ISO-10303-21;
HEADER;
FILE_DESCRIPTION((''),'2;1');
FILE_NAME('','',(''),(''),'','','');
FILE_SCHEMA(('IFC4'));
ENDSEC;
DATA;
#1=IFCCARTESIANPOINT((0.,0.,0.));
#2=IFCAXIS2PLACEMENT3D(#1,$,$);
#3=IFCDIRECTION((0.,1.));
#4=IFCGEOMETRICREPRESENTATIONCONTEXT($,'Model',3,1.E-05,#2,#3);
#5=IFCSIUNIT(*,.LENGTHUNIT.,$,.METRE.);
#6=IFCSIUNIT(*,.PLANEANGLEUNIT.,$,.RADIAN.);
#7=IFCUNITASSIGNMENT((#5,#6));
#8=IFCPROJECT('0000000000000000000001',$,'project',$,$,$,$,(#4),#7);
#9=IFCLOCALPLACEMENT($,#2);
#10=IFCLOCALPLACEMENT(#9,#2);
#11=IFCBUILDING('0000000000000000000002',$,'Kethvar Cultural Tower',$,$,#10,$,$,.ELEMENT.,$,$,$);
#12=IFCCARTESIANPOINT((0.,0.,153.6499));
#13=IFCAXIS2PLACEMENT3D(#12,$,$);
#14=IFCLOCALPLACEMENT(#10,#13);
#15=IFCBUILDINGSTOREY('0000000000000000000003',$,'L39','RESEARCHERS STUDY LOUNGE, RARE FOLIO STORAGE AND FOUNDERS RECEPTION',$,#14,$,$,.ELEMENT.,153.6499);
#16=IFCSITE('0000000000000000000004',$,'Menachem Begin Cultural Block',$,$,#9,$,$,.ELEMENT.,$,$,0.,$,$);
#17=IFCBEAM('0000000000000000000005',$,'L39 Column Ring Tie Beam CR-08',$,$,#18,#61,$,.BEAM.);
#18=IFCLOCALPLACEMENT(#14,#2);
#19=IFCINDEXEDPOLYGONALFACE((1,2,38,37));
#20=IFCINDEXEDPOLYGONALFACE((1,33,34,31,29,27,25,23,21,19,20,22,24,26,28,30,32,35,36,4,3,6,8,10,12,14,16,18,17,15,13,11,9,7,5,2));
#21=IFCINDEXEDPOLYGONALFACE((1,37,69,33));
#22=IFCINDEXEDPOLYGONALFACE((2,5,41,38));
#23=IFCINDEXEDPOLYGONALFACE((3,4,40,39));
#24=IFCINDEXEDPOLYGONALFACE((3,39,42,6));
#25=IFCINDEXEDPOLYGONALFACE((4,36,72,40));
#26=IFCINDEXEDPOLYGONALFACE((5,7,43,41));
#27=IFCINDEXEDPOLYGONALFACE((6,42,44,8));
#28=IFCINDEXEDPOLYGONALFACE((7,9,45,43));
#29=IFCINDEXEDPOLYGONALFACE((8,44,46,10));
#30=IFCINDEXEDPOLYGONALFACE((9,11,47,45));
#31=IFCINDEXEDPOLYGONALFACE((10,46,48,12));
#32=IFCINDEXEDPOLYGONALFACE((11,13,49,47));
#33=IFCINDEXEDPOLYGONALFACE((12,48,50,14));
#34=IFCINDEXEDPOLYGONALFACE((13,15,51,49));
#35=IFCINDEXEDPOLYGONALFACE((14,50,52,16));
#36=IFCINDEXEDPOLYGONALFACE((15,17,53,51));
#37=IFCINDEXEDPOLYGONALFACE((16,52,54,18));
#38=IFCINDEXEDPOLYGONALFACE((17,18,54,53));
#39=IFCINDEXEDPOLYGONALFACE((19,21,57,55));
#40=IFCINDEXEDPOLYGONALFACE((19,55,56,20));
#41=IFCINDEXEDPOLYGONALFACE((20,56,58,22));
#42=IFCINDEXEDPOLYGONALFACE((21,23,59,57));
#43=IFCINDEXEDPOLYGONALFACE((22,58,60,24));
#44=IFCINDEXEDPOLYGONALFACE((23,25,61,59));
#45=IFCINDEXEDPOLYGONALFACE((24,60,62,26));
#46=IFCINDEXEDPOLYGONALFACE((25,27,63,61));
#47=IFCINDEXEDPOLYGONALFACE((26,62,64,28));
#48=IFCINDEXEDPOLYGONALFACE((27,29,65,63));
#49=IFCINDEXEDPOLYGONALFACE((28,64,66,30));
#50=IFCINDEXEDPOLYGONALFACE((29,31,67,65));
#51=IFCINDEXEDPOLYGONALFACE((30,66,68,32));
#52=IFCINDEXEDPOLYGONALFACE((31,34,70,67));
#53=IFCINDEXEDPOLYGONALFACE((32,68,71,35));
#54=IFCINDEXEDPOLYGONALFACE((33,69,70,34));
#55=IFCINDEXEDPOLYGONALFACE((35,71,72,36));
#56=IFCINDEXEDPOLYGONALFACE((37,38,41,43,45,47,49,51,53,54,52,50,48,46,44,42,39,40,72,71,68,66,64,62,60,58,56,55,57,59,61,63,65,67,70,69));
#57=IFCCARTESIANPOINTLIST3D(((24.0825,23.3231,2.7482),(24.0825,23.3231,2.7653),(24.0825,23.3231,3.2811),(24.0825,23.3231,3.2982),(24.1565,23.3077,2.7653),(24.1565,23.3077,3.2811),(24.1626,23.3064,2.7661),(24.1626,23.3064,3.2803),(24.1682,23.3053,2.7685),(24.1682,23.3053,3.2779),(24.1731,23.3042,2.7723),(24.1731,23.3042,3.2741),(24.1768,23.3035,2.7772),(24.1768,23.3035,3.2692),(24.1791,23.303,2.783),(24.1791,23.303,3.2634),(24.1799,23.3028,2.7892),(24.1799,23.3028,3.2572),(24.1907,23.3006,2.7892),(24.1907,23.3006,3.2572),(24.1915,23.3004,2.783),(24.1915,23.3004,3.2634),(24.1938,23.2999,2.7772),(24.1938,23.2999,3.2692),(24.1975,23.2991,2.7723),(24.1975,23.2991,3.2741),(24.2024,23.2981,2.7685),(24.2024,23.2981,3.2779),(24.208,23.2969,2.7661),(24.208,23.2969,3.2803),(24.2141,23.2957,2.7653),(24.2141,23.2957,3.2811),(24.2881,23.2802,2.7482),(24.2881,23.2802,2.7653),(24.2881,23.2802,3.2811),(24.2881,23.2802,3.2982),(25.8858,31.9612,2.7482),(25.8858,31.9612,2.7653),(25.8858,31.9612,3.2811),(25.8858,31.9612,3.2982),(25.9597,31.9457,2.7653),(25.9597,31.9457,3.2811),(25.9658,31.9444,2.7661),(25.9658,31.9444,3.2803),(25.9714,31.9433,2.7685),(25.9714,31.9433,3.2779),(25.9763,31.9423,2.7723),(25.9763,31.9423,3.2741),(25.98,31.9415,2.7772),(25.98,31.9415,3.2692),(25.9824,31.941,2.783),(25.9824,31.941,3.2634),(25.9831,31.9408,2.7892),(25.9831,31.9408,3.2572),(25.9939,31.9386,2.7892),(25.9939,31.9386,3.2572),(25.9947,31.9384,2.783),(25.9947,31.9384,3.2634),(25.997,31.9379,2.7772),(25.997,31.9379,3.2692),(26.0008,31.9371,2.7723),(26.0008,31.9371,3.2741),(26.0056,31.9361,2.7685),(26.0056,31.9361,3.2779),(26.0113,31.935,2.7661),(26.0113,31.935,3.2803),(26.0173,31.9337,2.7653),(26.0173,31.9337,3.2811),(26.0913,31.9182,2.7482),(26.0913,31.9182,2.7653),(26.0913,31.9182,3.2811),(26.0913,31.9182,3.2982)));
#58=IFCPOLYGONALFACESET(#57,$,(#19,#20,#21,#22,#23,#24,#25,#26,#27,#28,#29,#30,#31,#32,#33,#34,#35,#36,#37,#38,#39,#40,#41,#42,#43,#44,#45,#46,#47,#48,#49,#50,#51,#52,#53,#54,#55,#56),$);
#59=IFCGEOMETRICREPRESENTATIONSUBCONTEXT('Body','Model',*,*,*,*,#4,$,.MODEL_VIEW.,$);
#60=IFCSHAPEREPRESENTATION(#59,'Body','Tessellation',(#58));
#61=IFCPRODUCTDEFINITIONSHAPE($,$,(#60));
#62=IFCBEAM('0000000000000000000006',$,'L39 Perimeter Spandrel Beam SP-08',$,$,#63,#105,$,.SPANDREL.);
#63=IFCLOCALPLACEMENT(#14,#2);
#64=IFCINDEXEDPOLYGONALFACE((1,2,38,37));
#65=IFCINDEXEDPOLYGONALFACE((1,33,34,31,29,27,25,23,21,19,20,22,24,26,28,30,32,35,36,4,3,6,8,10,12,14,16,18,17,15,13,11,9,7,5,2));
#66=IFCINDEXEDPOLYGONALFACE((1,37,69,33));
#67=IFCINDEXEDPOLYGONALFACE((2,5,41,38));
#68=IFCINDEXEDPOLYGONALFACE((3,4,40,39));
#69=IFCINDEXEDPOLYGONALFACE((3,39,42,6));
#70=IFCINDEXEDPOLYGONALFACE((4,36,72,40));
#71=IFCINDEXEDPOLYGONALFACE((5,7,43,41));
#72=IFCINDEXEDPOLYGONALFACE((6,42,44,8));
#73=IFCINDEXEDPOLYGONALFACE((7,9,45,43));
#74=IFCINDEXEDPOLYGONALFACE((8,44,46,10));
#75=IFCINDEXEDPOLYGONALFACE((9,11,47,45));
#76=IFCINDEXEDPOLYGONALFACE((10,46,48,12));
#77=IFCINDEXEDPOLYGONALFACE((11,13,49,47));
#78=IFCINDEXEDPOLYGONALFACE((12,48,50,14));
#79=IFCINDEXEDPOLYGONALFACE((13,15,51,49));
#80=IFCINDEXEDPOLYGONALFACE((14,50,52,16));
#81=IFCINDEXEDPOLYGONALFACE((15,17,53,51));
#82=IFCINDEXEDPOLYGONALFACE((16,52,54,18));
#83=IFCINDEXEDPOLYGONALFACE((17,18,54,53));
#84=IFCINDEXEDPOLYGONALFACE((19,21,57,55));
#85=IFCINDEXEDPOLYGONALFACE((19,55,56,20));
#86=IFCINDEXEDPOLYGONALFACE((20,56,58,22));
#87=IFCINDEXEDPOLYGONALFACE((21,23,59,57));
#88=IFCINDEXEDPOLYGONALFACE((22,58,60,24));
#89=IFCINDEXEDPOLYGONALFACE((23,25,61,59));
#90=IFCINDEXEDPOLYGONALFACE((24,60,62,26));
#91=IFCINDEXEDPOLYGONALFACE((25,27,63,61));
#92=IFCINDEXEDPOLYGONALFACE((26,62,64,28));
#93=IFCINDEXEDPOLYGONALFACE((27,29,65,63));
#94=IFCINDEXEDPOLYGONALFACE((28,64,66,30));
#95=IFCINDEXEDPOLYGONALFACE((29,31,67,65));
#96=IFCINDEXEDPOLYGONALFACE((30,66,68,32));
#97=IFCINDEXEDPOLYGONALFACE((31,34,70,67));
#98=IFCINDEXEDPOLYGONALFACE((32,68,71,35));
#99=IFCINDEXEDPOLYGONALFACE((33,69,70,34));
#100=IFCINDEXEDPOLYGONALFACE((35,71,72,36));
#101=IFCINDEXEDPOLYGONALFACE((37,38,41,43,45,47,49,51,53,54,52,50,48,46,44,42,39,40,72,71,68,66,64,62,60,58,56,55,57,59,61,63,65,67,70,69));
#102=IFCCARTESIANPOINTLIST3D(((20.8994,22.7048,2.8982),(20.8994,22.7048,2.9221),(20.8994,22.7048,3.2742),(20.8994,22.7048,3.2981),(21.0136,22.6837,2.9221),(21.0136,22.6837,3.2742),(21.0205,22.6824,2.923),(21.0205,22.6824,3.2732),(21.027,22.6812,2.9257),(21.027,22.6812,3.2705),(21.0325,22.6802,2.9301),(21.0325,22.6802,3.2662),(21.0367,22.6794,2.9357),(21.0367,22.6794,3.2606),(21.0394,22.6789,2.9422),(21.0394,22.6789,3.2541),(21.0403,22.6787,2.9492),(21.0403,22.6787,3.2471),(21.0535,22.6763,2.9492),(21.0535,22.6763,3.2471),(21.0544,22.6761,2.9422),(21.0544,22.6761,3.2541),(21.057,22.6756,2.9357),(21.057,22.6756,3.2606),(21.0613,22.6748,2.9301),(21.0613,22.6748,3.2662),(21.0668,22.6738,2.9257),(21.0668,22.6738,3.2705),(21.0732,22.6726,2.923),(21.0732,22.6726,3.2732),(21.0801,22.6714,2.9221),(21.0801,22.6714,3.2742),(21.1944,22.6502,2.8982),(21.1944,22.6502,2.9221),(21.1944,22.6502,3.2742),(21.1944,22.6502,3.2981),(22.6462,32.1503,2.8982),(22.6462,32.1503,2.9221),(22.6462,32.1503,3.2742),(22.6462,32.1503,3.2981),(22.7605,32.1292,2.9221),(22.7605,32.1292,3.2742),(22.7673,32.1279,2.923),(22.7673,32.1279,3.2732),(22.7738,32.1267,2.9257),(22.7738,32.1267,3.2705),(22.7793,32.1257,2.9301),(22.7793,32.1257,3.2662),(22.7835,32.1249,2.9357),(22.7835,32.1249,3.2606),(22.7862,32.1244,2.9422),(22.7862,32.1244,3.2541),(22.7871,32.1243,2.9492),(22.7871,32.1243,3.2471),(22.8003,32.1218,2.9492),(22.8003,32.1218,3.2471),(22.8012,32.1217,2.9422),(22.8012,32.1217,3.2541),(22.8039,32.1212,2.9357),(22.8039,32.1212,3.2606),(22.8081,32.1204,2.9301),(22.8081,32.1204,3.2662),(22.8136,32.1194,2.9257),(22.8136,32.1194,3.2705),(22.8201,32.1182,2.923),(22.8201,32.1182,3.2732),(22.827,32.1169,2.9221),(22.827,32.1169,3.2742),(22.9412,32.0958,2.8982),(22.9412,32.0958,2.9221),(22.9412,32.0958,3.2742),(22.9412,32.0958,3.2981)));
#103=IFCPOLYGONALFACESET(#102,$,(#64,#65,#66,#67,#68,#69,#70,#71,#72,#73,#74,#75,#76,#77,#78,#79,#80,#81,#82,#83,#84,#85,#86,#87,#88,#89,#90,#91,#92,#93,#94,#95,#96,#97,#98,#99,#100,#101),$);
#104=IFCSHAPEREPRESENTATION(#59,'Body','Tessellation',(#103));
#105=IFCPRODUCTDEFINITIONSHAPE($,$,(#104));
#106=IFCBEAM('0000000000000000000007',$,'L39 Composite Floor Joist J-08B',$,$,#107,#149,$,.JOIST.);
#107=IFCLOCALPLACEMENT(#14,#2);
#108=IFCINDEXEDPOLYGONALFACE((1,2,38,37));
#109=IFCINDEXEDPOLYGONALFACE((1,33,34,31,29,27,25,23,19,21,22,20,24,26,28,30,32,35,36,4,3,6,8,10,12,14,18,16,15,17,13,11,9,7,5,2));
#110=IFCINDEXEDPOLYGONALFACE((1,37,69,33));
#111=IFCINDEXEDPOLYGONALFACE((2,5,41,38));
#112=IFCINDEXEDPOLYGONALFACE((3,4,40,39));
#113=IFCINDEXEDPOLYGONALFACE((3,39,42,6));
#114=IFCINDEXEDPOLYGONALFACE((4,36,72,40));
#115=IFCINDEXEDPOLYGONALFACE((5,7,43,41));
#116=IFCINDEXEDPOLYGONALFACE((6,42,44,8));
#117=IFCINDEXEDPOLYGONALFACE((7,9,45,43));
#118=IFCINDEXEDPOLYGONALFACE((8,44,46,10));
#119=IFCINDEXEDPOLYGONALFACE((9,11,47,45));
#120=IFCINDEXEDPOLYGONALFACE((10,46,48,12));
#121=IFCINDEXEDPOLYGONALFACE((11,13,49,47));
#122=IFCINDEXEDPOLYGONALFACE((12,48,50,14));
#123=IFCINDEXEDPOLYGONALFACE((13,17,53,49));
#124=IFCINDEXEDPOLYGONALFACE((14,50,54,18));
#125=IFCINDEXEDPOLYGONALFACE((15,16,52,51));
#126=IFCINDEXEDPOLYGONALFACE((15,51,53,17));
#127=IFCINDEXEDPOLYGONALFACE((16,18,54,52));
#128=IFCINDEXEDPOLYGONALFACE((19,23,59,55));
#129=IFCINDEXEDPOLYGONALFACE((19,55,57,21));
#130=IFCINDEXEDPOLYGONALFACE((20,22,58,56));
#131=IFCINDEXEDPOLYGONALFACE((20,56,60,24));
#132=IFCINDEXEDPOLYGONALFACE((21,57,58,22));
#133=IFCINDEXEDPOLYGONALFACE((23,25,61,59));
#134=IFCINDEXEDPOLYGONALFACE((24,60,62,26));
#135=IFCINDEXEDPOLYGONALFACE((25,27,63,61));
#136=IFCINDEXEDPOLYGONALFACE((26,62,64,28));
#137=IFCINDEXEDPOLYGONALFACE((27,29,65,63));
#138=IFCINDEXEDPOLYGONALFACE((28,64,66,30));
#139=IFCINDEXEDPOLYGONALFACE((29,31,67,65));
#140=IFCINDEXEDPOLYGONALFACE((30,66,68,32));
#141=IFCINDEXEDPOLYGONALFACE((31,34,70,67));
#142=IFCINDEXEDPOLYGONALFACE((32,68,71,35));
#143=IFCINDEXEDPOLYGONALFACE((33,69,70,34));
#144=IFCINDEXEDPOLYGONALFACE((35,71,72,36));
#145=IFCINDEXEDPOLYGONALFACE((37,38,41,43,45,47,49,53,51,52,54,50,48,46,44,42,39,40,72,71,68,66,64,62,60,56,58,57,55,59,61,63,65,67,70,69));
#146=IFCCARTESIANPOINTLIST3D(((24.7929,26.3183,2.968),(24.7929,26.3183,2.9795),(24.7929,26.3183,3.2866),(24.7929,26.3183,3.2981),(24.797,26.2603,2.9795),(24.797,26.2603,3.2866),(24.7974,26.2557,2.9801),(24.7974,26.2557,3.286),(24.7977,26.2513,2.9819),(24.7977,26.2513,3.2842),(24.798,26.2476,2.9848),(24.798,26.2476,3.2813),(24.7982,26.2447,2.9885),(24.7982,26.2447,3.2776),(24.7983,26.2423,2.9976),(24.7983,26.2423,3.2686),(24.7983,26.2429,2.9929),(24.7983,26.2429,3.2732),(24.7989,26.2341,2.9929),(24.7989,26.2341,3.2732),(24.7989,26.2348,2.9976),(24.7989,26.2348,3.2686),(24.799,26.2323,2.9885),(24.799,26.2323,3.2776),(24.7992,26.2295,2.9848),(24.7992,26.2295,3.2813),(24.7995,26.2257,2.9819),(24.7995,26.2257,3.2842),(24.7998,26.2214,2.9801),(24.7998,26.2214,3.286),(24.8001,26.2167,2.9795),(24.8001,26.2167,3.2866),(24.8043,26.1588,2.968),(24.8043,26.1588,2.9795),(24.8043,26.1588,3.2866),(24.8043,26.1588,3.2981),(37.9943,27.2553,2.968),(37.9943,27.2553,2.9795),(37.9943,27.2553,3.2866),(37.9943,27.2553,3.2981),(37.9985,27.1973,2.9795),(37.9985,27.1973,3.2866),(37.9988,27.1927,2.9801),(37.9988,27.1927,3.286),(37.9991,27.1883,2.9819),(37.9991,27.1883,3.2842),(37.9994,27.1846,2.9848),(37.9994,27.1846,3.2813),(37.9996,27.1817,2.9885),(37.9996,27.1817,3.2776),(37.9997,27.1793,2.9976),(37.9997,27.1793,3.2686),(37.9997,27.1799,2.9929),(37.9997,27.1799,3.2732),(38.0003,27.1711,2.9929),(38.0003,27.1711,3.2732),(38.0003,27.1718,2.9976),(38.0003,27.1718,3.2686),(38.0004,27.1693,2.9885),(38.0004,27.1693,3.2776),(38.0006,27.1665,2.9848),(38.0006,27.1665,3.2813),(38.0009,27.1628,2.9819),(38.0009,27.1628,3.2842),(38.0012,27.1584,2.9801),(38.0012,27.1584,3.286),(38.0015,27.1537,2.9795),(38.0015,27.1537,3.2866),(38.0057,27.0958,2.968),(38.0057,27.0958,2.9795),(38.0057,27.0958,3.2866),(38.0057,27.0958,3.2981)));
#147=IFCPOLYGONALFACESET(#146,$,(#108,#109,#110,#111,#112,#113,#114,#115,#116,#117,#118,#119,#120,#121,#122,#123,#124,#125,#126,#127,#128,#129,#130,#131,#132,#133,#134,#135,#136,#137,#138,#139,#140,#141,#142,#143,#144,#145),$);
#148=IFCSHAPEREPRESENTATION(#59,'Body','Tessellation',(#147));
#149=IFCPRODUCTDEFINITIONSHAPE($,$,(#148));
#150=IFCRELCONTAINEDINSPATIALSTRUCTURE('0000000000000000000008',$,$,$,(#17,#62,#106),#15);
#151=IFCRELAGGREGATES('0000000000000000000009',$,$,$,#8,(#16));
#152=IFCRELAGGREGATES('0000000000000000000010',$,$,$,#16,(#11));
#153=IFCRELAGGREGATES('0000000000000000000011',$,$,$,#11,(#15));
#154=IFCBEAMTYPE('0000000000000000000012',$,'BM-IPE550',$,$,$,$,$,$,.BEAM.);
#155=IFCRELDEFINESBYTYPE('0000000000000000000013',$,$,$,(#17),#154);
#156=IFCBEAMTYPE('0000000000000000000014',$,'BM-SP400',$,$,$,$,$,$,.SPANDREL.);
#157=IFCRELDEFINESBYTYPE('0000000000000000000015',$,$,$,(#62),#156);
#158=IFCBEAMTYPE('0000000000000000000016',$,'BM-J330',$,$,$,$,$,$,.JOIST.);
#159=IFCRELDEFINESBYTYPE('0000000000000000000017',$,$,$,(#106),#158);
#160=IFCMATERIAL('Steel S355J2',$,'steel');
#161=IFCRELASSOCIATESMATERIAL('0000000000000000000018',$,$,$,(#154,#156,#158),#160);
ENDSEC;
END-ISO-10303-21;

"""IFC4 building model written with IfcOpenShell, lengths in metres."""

from ifc_helpers import new_model, si_unit, direction, frame, origin, origin_2d, place, context, subcontext, project, spatial, i_section, extrude, source, transform, mapped, material, material_profile, profile_set, type_object, element, save


model = new_model("IFC4")

# Units and contexts
model_context = context("Model", 3, precision=1e-05, world=origin(), true_north=direction((0.0, 1.0)))
body_context = subcontext(model_context, "Body", "Model", "MODEL_VIEW")
ifc_project = project(units=[si_unit("LENGTHUNIT", "METRE"), si_unit("PLANEANGLEUNIT", "RADIAN")], contexts=[model_context])

# Site, building, storey
site_placement = place(None, origin())
site = spatial("IfcSite", under=ifc_project, at=site_placement, Name="Menachem Begin Cultural Block", CompositionType="ELEMENT", RefElevation=0.0)
building_placement = place(site_placement, origin())
building = spatial("IfcBuilding", under=site, at=building_placement, Name="Kethvar Cultural Tower", CompositionType="ELEMENT")
storey_placement = place(building_placement, frame((0.0, 0.0, 153.6499)))
storey = spatial("IfcBuildingStorey", under=building, at=storey_placement, Name="L39", Description="RESEARCHERS STUDY LOUNGE, RARE FOLIO STORAGE AND FOUNDERS RECEPTION", CompositionType="ELEMENT", Elevation=153.6499)

# Beams
ifc_material_1 = material(Name="Steel S355J2", Category="steel")
ifc_material_profile_1 = material_profile(ifc_material_1, i_section(OverallWidth=0.21, OverallDepth=0.55, WebThickness=0.011, FlangeThickness=0.0171, FilletRadius=0.0239, at=origin_2d()), Name="Steel S355J2 — IPE550")
ifc_profile_set_1 = profile_set([ifc_material_profile_1], Name="Steel S355J2 — IPE550")
beam_type_1 = type_object("IfcBeamType", Name="BM-IPE550", PredefinedType="BEAM", material=ifc_profile_set_1)
shared_shape_1 = source(origin(), body_context, "Body", "SweptSolid", [
    extrude(i_section(OverallWidth=0.21, OverallDepth=0.55, WebThickness=0.011, FlangeThickness=0.0171, FilletRadius=0.0239, at=origin_2d()), origin(), (0.0, 0.0, 1.0), 8.8242),
])
beam_1_placement = place(storey_placement, frame((25.9885, 31.9397, 3.0232), z_axis=(-0.204351, -0.978898, 0.0), x_axis=(0.978898, -0.204351, 0.0)))
element("IfcBeam", 1, at=beam_1_placement, inside=storey, type_object=beam_type_1, Name="L39 Column Ring Tie Beam CR-08", PredefinedType="BEAM", context=body_context, shape_type="MappedRepresentation", body=[
    mapped(shared_shape_1, transform((0.0, 0.0, 0.0), scale=1.0)),
])
ifc_material_profile_2 = material_profile(ifc_material_1, i_section(OverallWidth=0.3, OverallDepth=0.3999, WebThickness=0.0134, FlangeThickness=0.0239, FilletRadius=0.0271, at=origin_2d()), Name="Steel S355J2 — HEB400")
ifc_profile_set_2 = profile_set([ifc_material_profile_2], Name="Steel S355J2 — HEB400")
beam_type_2 = type_object("IfcBeamType", Name="BM-SP400", PredefinedType="SPANDREL", material=ifc_profile_set_2)
shared_shape_2 = source(origin(), body_context, "Body", "SweptSolid", [
    extrude(i_section(OverallWidth=0.3, OverallDepth=0.3999, WebThickness=0.0134, FlangeThickness=0.0239, FilletRadius=0.0271, at=origin_2d()), origin(), (0.0, 0.0, 1.0), 9.6057),
])
beam_2_placement = place(storey_placement, frame((22.7937, 32.123, 3.0981), z_axis=(-0.181853, -0.983326, 0.0), x_axis=(0.983326, -0.181853, 0.0)))
element("IfcBeam", 2, at=beam_2_placement, inside=storey, type_object=beam_type_2, Name="L39 Perimeter Spandrel Beam SP-08", PredefinedType="SPANDREL", context=body_context, shape_type="MappedRepresentation", body=[
    mapped(shared_shape_2, transform((0.0, 0.0, 0.0), scale=1.0)),
])
ifc_material_profile_3 = material_profile(ifc_material_1, i_section(OverallWidth=0.1599, OverallDepth=0.3301, WebThickness=0.0076, FlangeThickness=0.0115, FilletRadius=0.0181, at=origin_2d()), Name="Steel S355J2 — IPE330")
ifc_profile_set_3 = profile_set([ifc_material_profile_3], Name="Steel S355J2 — IPE330")
beam_type_3 = type_object("IfcBeamType", Name="BM-J330", PredefinedType="JOIST", material=ifc_profile_set_3)
shared_shape_3 = source(origin(), body_context, "Body", "SweptSolid", [
    extrude(i_section(OverallWidth=0.1599, OverallDepth=0.3301, WebThickness=0.0076, FlangeThickness=0.0115, FilletRadius=0.0181, at=origin_2d()), origin(), (0.0, 0.0, 1.0), 13.2346),
])
beam_3_placement = place(storey_placement, frame((38.0, 27.1755, 3.1331), z_axis=(-0.997491, -0.0708, 0.0), x_axis=(0.0708, -0.997491, 0.0)))
element("IfcBeam", 3, at=beam_3_placement, inside=storey, type_object=beam_type_3, Name="L39 Composite Floor Joist J-08B", PredefinedType="JOIST", context=body_context, shape_type="MappedRepresentation", body=[
    mapped(shared_shape_3, transform((0.0, 0.0, 0.0), scale=1.0)),
])

save(model, "model.ifc")
